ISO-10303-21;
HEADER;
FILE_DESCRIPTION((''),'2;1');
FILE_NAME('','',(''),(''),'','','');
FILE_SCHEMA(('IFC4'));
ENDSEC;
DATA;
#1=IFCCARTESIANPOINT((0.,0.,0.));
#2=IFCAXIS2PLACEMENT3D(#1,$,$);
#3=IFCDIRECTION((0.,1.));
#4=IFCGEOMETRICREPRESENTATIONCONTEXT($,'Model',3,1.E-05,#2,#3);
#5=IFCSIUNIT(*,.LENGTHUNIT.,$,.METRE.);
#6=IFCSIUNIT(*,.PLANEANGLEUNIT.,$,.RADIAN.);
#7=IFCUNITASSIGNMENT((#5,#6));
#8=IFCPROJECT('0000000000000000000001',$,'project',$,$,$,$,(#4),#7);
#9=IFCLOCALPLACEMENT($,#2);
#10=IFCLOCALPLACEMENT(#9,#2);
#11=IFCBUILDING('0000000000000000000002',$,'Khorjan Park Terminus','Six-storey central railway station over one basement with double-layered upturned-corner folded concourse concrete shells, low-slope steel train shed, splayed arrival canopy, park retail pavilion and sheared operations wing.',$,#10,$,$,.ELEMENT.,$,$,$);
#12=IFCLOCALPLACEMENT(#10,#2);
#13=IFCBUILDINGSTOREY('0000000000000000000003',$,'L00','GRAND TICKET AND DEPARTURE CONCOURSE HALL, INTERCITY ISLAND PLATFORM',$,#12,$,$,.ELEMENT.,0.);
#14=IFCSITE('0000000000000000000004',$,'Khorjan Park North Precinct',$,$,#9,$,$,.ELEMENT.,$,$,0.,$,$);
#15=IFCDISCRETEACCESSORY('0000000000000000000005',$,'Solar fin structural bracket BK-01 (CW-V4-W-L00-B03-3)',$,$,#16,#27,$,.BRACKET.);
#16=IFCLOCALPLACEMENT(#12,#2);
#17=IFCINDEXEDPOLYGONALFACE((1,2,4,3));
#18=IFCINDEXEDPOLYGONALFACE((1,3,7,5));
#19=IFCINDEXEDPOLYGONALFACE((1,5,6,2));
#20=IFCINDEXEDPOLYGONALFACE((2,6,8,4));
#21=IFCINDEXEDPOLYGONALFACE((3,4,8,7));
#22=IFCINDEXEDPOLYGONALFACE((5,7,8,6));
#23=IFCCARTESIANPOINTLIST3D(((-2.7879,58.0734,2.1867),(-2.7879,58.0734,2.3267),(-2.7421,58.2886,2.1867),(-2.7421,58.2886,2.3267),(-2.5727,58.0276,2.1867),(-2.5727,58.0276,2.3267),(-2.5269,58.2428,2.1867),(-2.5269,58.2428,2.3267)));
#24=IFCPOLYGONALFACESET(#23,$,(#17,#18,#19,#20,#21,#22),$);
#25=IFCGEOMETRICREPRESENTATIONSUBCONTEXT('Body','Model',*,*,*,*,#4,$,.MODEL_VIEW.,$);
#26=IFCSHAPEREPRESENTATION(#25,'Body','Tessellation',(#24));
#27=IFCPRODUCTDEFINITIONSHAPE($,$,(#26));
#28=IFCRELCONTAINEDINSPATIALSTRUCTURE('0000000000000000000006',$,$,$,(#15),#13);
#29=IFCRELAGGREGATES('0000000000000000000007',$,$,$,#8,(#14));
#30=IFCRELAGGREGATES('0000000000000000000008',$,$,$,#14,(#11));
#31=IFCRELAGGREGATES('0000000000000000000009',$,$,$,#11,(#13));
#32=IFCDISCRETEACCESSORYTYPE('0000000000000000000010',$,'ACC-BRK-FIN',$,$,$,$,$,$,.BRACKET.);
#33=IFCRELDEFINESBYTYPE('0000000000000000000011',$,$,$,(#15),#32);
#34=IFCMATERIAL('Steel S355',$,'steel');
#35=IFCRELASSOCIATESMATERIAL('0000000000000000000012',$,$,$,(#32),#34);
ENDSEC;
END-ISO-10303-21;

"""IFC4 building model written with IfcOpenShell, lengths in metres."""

from ifc_helpers import new_model, si_unit, direction, frame, origin, origin_2d, place, context, subcontext, project, spatial, rectangle, extrude, material, type_object, element, save


model = new_model("IFC4")

# Units and contexts
model_context = context("Model", 3, precision=1e-05, world=origin(), true_north=direction((0.0, 1.0)))
body_context = subcontext(model_context, "Body", "Model", "MODEL_VIEW")
ifc_project = project(units=[si_unit("LENGTHUNIT", "METRE"), si_unit("PLANEANGLEUNIT", "RADIAN")], contexts=[model_context])

# Site, building, storey
site_placement = place(None, origin())
site = spatial("IfcSite", under=ifc_project, at=site_placement, Name="Khorjan Park North Precinct", CompositionType="ELEMENT", RefElevation=0.0)
building_placement = place(site_placement, origin())
building = spatial("IfcBuilding", under=site, at=building_placement, Name="Khorjan Park Terminus", Description="Six-storey central railway station over one basement with double-layered upturned-corner folded concourse concrete shells, low-slope steel train shed, splayed arrival canopy, park retail pavilion and sheared operations wing.", CompositionType="ELEMENT")
storey_placement = place(building_placement, origin())
storey = spatial("IfcBuildingStorey", under=building, at=storey_placement, Name="L00", Description="GRAND TICKET AND DEPARTURE CONCOURSE HALL, INTERCITY ISLAND PLATFORM", CompositionType="ELEMENT", Elevation=0.0)

# Discrete accessory
ifc_material_1 = material(Name="Steel S355", Category="steel")
discrete_accessory_type = type_object("IfcDiscreteAccessoryType", Name="ACC-BRK-FIN", PredefinedType="BRACKET", material=ifc_material_1)
discrete_accessory_placement = place(storey_placement, frame((-2.6574, 58.1581, 2.1867), z_axis=(0.0, 0.0, 1.0), x_axis=(-0.207917, -0.978147, 0.0)))
element("IfcDiscreteAccessory", 1, at=discrete_accessory_placement, inside=storey, type_object=discrete_accessory_type, Name="Solar fin structural bracket BK-01 (CW-V4-W-L00-B03-3)", PredefinedType="BRACKET", context=body_context, shape_type="SweptSolid", body=[
    extrude(rectangle(XDim=0.22, YDim=0.22, at=origin_2d()), origin(), (0.0, 0.0, 1.0), 0.14),
])

save(model, "model.ifc")
